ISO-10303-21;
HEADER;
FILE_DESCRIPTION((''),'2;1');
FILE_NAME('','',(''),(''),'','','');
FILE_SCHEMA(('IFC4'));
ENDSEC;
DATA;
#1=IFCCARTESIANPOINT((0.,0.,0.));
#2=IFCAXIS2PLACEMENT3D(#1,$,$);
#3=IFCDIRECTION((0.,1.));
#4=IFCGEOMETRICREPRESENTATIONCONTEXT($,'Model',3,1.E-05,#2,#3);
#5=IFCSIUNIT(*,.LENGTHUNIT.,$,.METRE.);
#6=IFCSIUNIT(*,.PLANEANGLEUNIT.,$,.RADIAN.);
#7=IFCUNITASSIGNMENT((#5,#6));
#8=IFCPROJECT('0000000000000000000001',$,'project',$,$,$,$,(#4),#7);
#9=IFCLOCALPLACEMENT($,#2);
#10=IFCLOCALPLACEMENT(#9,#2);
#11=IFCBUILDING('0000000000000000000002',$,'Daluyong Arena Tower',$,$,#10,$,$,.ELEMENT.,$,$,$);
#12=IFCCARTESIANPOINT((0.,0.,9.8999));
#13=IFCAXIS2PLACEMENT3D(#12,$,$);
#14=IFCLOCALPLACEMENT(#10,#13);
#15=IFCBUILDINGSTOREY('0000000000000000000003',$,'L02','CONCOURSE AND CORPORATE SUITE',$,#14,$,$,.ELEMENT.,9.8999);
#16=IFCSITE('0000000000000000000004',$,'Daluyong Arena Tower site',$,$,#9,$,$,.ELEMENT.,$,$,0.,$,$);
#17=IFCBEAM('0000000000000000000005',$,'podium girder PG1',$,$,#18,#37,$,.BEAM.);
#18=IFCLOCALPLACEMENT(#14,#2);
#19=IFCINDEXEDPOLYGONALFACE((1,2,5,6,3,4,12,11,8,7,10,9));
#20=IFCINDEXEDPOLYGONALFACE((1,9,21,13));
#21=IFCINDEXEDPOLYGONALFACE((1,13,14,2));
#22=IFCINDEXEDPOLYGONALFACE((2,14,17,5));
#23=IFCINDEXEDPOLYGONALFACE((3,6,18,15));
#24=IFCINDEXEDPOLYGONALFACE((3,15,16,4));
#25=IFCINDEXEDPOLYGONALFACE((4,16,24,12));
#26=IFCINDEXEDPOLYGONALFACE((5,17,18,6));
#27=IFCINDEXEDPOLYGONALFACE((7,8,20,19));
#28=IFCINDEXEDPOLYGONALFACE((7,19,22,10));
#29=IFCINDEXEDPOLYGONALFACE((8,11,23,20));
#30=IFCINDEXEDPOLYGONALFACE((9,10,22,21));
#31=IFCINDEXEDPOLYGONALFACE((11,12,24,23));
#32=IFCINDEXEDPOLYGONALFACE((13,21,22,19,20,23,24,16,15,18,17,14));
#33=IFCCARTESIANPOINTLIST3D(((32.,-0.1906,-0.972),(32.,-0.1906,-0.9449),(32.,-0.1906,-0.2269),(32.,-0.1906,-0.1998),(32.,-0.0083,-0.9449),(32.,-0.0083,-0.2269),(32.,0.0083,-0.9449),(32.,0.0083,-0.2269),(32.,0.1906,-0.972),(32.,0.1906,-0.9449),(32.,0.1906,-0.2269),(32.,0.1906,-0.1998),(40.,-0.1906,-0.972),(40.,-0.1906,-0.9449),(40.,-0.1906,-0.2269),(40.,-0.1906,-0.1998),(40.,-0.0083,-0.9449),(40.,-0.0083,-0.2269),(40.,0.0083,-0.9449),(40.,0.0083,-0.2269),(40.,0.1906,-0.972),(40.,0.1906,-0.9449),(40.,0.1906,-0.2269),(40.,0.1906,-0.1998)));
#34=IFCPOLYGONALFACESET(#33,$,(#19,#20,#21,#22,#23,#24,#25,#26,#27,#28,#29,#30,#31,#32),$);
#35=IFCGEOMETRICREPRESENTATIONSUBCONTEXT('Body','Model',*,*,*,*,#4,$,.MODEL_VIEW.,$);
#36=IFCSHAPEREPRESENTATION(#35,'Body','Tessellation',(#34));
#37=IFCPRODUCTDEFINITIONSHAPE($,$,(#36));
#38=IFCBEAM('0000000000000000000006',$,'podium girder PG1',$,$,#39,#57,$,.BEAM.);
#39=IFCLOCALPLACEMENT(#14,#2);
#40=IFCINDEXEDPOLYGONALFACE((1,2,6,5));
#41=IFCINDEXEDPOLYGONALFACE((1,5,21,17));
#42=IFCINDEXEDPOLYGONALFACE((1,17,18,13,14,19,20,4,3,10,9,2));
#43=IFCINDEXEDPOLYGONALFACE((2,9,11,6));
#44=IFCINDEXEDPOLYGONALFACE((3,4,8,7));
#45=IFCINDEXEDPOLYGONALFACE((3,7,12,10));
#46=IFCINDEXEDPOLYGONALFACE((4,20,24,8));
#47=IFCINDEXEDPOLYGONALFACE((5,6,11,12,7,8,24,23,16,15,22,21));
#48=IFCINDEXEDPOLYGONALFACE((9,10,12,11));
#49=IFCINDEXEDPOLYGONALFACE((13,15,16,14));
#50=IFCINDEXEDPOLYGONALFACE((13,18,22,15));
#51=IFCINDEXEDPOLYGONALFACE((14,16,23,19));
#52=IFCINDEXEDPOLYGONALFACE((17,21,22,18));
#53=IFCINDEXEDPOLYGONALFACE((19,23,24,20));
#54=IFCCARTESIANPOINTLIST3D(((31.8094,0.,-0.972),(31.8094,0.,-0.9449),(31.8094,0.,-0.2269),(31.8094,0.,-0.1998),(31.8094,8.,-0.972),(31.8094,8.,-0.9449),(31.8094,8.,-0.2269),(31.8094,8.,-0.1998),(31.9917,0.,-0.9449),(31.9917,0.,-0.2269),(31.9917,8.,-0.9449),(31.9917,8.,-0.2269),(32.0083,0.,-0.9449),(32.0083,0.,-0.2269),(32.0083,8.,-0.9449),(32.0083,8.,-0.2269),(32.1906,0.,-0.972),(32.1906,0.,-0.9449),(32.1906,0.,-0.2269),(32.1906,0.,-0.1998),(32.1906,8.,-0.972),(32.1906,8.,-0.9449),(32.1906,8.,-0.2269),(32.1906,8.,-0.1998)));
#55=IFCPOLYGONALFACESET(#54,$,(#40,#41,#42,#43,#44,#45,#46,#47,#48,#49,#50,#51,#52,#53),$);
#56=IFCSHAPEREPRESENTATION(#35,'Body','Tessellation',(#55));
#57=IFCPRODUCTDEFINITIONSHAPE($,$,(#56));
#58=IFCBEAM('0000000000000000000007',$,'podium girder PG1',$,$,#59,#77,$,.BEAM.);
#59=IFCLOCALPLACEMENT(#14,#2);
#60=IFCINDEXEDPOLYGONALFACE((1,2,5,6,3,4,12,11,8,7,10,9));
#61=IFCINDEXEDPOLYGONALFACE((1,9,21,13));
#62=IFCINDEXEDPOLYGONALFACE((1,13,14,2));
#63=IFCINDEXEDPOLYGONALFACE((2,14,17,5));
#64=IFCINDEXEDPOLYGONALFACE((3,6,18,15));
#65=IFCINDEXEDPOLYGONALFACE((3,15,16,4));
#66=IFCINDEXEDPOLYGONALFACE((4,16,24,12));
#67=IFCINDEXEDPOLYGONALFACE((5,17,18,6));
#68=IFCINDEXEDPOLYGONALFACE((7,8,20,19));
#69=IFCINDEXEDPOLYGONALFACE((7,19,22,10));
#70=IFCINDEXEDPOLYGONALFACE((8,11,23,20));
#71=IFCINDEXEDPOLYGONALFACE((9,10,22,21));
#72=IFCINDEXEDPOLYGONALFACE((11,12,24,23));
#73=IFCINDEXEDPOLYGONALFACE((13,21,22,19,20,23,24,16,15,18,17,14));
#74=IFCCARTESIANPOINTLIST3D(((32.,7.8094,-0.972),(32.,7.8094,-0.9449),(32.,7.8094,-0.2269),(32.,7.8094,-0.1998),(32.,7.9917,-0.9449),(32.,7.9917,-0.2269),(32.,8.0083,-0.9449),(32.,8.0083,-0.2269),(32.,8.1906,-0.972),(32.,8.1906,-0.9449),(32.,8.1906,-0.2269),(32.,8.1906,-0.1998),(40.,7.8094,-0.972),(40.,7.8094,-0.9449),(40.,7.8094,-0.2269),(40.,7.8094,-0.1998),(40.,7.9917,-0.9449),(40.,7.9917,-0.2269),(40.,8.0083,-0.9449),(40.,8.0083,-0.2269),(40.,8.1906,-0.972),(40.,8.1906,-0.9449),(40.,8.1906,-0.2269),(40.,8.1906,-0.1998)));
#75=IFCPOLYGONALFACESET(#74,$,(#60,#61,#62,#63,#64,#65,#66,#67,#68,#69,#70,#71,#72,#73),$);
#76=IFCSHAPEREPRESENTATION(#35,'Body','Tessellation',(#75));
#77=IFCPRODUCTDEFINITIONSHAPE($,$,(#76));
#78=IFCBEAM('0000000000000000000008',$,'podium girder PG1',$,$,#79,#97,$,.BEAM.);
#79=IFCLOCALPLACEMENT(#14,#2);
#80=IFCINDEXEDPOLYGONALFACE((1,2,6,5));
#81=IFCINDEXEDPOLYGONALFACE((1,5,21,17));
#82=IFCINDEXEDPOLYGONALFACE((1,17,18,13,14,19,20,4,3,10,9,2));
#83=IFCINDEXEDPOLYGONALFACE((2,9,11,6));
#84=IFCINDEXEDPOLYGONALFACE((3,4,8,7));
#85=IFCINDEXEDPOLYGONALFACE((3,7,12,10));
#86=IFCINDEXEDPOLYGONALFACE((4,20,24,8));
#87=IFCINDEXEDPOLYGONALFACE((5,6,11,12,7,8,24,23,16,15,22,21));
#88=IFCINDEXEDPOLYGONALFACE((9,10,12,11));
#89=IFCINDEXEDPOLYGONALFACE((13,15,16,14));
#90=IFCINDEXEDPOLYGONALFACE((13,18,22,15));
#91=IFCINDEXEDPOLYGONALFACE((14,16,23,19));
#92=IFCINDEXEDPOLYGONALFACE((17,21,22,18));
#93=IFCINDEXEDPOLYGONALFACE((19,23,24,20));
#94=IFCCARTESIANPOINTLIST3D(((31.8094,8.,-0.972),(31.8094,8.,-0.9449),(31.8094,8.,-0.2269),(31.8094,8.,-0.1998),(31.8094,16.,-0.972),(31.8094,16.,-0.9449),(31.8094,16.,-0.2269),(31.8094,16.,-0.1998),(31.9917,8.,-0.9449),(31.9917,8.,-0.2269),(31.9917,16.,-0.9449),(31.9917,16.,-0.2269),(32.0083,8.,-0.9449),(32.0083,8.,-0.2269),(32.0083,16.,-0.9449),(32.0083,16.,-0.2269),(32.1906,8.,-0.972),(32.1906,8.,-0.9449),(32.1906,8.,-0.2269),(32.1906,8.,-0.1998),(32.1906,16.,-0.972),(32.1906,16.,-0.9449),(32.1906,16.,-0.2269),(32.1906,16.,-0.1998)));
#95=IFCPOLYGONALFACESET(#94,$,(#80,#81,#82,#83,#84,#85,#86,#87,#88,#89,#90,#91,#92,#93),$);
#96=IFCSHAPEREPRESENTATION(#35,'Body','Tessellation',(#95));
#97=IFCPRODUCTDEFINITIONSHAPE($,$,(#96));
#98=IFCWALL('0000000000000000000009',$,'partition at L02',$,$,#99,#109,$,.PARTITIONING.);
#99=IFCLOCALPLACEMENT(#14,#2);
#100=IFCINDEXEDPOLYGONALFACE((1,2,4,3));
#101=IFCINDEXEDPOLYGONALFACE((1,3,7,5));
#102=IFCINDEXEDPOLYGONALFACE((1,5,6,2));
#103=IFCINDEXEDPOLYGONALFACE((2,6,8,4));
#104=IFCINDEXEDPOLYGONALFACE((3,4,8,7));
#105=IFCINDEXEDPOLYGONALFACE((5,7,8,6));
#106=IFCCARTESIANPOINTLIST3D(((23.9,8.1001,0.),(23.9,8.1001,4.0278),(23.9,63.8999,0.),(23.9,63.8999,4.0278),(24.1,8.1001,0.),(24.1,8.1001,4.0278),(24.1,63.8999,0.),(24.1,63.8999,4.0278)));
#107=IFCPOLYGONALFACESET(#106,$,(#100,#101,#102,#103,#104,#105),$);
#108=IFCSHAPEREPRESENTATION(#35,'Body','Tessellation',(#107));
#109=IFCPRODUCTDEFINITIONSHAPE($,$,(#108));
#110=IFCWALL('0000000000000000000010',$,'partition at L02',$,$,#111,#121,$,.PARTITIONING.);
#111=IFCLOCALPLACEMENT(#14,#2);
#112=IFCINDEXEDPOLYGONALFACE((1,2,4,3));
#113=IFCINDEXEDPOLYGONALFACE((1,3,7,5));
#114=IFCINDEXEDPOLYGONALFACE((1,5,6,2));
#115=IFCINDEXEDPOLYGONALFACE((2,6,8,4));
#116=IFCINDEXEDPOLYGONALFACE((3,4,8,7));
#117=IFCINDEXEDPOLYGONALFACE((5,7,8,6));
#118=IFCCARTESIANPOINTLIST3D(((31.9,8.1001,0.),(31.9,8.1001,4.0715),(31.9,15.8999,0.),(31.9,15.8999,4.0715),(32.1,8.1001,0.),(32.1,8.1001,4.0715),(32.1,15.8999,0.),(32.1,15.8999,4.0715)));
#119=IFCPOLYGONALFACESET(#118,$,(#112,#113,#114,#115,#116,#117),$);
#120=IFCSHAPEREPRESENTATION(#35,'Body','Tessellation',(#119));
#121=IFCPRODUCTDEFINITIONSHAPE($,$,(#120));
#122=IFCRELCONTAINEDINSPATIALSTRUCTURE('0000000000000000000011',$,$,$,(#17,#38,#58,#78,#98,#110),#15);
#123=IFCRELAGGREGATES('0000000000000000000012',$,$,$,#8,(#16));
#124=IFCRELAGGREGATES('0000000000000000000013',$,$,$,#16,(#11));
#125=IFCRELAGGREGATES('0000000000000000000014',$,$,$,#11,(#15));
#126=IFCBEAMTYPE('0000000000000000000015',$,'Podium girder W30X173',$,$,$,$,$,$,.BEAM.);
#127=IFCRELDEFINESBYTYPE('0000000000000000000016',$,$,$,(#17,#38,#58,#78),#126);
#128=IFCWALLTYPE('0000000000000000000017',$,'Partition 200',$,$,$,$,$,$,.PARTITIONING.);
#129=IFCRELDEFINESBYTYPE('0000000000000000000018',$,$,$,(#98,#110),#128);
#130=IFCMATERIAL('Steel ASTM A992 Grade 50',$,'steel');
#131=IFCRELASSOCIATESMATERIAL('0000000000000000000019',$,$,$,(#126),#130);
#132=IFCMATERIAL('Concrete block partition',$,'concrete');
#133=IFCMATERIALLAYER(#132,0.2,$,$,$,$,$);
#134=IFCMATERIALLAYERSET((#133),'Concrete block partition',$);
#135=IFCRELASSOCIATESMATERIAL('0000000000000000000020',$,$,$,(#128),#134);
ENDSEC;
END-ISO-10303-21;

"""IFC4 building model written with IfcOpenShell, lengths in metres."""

from ifc_helpers import new_model, si_unit, direction, frame, frame_2d, origin, origin_2d, place, context, subcontext, project, spatial, rectangle, i_section, extrude, material, layer, layer_set, material_profile, profile_set, type_object, element, save


model = new_model("IFC4")

# Units and contexts
model_context = context("Model", 3, precision=1e-05, world=origin(), true_north=direction((0.0, 1.0)))
body_context = subcontext(model_context, "Body", "Model", "MODEL_VIEW")
ifc_project = project(units=[si_unit("LENGTHUNIT", "METRE"), si_unit("PLANEANGLEUNIT", "RADIAN")], contexts=[model_context])

# Site, building, storey
site_placement = place(None, origin())
site = spatial("IfcSite", under=ifc_project, at=site_placement, Name="Daluyong Arena Tower site", CompositionType="ELEMENT", RefElevation=0.0)
building_placement = place(site_placement, origin())
building = spatial("IfcBuilding", under=site, at=building_placement, Name="Daluyong Arena Tower", CompositionType="ELEMENT")
storey_placement = place(building_placement, frame((0.0, 0.0, 9.8999)))
storey = spatial("IfcBuildingStorey", under=building, at=storey_placement, Name="L02", Description="CONCOURSE AND CORPORATE SUITE", CompositionType="ELEMENT", Elevation=9.8999)

# Beams
ifc_material_1 = material(Name="Steel ASTM A992 Grade 50", Category="steel")
ifc_material_profile_1 = material_profile(ifc_material_1, i_section(OverallWidth=0.3811, OverallDepth=0.7722, WebThickness=0.0166, FlangeThickness=0.0271, at=origin_2d()))
ifc_profile_set_1 = profile_set([ifc_material_profile_1], Name="Steel ASTM A992 Grade 50")
beam_type_1 = type_object("IfcBeamType", Name="Podium girder W30X173", PredefinedType="BEAM", material=ifc_profile_set_1)
for number, where, z_axis, x_axis, name in (
    (1, (32.0, 0.0, -0.5859), (1.0, 0.0, 0.0), (0.0, 1.0, 0.0), "podium girder PG1"),
    (2, (32.0, 0.0, -0.5859), (0.0, 1.0, 0.0), (-1.0, 0.0, 0.0), "podium girder PG1"),
    (3, (32.0, 8.0, -0.5859), (1.0, 0.0, 0.0), (0.0, 1.0, 0.0), "podium girder PG1"),
    (4, (32.0, 8.0, -0.5859), (0.0, 1.0, 0.0), (-1.0, 0.0, 0.0), "podium girder PG1"),
):
    element("IfcBeam", number, at=place(storey_placement, frame(where, z_axis=z_axis, x_axis=x_axis)), inside=storey, type_object=beam_type_1, Name=name, PredefinedType="BEAM", context=body_context, shape_type="SweptSolid", body=[
        extrude(i_section(OverallWidth=0.3811, OverallDepth=0.7722, WebThickness=0.0166, FlangeThickness=0.0271, at=origin_2d()), origin(), (0.0, 0.0, 1.0), 8.0),
    ])

# Shared definitions
ifc_material_2 = material(Name="Concrete block partition", Category="concrete")
ifc_layer = layer(ifc_material_2, 0.2)
ifc_layer_set = layer_set([ifc_layer], Name="Concrete block partition")
wall_type = type_object("IfcWallType", Name="Partition 200", PredefinedType="PARTITIONING", material=ifc_layer_set)

# Walls
wall_1_placement = place(storey_placement, frame((24.0, 8.1001, 0.0), z_axis=(0.0, 0.0, 1.0), x_axis=(0.0, 1.0, 0.0)))
element("IfcWall", 5, at=wall_1_placement, inside=storey, type_object=wall_type, Name="partition at L02", PredefinedType="PARTITIONING", context=body_context, shape_type="SweptSolid", body=[
    extrude(rectangle(XDim=55.7998, YDim=0.2, at=frame_2d((27.8999, 0.0))), origin(), (0.0, 0.0, 1.0), 4.0278),
])
wall_2_placement = place(storey_placement, frame((32.0, 8.1001, 0.0), z_axis=(0.0, 0.0, 1.0), x_axis=(0.0, 1.0, 0.0)))
element("IfcWall", 6, at=wall_2_placement, inside=storey, type_object=wall_type, Name="partition at L02", PredefinedType="PARTITIONING", context=body_context, shape_type="SweptSolid", body=[
    extrude(rectangle(XDim=7.7998, YDim=0.2, at=frame_2d((3.8999, 0.0))), origin(), (0.0, 0.0, 1.0), 4.0715),
])

save(model, "model.ifc")
